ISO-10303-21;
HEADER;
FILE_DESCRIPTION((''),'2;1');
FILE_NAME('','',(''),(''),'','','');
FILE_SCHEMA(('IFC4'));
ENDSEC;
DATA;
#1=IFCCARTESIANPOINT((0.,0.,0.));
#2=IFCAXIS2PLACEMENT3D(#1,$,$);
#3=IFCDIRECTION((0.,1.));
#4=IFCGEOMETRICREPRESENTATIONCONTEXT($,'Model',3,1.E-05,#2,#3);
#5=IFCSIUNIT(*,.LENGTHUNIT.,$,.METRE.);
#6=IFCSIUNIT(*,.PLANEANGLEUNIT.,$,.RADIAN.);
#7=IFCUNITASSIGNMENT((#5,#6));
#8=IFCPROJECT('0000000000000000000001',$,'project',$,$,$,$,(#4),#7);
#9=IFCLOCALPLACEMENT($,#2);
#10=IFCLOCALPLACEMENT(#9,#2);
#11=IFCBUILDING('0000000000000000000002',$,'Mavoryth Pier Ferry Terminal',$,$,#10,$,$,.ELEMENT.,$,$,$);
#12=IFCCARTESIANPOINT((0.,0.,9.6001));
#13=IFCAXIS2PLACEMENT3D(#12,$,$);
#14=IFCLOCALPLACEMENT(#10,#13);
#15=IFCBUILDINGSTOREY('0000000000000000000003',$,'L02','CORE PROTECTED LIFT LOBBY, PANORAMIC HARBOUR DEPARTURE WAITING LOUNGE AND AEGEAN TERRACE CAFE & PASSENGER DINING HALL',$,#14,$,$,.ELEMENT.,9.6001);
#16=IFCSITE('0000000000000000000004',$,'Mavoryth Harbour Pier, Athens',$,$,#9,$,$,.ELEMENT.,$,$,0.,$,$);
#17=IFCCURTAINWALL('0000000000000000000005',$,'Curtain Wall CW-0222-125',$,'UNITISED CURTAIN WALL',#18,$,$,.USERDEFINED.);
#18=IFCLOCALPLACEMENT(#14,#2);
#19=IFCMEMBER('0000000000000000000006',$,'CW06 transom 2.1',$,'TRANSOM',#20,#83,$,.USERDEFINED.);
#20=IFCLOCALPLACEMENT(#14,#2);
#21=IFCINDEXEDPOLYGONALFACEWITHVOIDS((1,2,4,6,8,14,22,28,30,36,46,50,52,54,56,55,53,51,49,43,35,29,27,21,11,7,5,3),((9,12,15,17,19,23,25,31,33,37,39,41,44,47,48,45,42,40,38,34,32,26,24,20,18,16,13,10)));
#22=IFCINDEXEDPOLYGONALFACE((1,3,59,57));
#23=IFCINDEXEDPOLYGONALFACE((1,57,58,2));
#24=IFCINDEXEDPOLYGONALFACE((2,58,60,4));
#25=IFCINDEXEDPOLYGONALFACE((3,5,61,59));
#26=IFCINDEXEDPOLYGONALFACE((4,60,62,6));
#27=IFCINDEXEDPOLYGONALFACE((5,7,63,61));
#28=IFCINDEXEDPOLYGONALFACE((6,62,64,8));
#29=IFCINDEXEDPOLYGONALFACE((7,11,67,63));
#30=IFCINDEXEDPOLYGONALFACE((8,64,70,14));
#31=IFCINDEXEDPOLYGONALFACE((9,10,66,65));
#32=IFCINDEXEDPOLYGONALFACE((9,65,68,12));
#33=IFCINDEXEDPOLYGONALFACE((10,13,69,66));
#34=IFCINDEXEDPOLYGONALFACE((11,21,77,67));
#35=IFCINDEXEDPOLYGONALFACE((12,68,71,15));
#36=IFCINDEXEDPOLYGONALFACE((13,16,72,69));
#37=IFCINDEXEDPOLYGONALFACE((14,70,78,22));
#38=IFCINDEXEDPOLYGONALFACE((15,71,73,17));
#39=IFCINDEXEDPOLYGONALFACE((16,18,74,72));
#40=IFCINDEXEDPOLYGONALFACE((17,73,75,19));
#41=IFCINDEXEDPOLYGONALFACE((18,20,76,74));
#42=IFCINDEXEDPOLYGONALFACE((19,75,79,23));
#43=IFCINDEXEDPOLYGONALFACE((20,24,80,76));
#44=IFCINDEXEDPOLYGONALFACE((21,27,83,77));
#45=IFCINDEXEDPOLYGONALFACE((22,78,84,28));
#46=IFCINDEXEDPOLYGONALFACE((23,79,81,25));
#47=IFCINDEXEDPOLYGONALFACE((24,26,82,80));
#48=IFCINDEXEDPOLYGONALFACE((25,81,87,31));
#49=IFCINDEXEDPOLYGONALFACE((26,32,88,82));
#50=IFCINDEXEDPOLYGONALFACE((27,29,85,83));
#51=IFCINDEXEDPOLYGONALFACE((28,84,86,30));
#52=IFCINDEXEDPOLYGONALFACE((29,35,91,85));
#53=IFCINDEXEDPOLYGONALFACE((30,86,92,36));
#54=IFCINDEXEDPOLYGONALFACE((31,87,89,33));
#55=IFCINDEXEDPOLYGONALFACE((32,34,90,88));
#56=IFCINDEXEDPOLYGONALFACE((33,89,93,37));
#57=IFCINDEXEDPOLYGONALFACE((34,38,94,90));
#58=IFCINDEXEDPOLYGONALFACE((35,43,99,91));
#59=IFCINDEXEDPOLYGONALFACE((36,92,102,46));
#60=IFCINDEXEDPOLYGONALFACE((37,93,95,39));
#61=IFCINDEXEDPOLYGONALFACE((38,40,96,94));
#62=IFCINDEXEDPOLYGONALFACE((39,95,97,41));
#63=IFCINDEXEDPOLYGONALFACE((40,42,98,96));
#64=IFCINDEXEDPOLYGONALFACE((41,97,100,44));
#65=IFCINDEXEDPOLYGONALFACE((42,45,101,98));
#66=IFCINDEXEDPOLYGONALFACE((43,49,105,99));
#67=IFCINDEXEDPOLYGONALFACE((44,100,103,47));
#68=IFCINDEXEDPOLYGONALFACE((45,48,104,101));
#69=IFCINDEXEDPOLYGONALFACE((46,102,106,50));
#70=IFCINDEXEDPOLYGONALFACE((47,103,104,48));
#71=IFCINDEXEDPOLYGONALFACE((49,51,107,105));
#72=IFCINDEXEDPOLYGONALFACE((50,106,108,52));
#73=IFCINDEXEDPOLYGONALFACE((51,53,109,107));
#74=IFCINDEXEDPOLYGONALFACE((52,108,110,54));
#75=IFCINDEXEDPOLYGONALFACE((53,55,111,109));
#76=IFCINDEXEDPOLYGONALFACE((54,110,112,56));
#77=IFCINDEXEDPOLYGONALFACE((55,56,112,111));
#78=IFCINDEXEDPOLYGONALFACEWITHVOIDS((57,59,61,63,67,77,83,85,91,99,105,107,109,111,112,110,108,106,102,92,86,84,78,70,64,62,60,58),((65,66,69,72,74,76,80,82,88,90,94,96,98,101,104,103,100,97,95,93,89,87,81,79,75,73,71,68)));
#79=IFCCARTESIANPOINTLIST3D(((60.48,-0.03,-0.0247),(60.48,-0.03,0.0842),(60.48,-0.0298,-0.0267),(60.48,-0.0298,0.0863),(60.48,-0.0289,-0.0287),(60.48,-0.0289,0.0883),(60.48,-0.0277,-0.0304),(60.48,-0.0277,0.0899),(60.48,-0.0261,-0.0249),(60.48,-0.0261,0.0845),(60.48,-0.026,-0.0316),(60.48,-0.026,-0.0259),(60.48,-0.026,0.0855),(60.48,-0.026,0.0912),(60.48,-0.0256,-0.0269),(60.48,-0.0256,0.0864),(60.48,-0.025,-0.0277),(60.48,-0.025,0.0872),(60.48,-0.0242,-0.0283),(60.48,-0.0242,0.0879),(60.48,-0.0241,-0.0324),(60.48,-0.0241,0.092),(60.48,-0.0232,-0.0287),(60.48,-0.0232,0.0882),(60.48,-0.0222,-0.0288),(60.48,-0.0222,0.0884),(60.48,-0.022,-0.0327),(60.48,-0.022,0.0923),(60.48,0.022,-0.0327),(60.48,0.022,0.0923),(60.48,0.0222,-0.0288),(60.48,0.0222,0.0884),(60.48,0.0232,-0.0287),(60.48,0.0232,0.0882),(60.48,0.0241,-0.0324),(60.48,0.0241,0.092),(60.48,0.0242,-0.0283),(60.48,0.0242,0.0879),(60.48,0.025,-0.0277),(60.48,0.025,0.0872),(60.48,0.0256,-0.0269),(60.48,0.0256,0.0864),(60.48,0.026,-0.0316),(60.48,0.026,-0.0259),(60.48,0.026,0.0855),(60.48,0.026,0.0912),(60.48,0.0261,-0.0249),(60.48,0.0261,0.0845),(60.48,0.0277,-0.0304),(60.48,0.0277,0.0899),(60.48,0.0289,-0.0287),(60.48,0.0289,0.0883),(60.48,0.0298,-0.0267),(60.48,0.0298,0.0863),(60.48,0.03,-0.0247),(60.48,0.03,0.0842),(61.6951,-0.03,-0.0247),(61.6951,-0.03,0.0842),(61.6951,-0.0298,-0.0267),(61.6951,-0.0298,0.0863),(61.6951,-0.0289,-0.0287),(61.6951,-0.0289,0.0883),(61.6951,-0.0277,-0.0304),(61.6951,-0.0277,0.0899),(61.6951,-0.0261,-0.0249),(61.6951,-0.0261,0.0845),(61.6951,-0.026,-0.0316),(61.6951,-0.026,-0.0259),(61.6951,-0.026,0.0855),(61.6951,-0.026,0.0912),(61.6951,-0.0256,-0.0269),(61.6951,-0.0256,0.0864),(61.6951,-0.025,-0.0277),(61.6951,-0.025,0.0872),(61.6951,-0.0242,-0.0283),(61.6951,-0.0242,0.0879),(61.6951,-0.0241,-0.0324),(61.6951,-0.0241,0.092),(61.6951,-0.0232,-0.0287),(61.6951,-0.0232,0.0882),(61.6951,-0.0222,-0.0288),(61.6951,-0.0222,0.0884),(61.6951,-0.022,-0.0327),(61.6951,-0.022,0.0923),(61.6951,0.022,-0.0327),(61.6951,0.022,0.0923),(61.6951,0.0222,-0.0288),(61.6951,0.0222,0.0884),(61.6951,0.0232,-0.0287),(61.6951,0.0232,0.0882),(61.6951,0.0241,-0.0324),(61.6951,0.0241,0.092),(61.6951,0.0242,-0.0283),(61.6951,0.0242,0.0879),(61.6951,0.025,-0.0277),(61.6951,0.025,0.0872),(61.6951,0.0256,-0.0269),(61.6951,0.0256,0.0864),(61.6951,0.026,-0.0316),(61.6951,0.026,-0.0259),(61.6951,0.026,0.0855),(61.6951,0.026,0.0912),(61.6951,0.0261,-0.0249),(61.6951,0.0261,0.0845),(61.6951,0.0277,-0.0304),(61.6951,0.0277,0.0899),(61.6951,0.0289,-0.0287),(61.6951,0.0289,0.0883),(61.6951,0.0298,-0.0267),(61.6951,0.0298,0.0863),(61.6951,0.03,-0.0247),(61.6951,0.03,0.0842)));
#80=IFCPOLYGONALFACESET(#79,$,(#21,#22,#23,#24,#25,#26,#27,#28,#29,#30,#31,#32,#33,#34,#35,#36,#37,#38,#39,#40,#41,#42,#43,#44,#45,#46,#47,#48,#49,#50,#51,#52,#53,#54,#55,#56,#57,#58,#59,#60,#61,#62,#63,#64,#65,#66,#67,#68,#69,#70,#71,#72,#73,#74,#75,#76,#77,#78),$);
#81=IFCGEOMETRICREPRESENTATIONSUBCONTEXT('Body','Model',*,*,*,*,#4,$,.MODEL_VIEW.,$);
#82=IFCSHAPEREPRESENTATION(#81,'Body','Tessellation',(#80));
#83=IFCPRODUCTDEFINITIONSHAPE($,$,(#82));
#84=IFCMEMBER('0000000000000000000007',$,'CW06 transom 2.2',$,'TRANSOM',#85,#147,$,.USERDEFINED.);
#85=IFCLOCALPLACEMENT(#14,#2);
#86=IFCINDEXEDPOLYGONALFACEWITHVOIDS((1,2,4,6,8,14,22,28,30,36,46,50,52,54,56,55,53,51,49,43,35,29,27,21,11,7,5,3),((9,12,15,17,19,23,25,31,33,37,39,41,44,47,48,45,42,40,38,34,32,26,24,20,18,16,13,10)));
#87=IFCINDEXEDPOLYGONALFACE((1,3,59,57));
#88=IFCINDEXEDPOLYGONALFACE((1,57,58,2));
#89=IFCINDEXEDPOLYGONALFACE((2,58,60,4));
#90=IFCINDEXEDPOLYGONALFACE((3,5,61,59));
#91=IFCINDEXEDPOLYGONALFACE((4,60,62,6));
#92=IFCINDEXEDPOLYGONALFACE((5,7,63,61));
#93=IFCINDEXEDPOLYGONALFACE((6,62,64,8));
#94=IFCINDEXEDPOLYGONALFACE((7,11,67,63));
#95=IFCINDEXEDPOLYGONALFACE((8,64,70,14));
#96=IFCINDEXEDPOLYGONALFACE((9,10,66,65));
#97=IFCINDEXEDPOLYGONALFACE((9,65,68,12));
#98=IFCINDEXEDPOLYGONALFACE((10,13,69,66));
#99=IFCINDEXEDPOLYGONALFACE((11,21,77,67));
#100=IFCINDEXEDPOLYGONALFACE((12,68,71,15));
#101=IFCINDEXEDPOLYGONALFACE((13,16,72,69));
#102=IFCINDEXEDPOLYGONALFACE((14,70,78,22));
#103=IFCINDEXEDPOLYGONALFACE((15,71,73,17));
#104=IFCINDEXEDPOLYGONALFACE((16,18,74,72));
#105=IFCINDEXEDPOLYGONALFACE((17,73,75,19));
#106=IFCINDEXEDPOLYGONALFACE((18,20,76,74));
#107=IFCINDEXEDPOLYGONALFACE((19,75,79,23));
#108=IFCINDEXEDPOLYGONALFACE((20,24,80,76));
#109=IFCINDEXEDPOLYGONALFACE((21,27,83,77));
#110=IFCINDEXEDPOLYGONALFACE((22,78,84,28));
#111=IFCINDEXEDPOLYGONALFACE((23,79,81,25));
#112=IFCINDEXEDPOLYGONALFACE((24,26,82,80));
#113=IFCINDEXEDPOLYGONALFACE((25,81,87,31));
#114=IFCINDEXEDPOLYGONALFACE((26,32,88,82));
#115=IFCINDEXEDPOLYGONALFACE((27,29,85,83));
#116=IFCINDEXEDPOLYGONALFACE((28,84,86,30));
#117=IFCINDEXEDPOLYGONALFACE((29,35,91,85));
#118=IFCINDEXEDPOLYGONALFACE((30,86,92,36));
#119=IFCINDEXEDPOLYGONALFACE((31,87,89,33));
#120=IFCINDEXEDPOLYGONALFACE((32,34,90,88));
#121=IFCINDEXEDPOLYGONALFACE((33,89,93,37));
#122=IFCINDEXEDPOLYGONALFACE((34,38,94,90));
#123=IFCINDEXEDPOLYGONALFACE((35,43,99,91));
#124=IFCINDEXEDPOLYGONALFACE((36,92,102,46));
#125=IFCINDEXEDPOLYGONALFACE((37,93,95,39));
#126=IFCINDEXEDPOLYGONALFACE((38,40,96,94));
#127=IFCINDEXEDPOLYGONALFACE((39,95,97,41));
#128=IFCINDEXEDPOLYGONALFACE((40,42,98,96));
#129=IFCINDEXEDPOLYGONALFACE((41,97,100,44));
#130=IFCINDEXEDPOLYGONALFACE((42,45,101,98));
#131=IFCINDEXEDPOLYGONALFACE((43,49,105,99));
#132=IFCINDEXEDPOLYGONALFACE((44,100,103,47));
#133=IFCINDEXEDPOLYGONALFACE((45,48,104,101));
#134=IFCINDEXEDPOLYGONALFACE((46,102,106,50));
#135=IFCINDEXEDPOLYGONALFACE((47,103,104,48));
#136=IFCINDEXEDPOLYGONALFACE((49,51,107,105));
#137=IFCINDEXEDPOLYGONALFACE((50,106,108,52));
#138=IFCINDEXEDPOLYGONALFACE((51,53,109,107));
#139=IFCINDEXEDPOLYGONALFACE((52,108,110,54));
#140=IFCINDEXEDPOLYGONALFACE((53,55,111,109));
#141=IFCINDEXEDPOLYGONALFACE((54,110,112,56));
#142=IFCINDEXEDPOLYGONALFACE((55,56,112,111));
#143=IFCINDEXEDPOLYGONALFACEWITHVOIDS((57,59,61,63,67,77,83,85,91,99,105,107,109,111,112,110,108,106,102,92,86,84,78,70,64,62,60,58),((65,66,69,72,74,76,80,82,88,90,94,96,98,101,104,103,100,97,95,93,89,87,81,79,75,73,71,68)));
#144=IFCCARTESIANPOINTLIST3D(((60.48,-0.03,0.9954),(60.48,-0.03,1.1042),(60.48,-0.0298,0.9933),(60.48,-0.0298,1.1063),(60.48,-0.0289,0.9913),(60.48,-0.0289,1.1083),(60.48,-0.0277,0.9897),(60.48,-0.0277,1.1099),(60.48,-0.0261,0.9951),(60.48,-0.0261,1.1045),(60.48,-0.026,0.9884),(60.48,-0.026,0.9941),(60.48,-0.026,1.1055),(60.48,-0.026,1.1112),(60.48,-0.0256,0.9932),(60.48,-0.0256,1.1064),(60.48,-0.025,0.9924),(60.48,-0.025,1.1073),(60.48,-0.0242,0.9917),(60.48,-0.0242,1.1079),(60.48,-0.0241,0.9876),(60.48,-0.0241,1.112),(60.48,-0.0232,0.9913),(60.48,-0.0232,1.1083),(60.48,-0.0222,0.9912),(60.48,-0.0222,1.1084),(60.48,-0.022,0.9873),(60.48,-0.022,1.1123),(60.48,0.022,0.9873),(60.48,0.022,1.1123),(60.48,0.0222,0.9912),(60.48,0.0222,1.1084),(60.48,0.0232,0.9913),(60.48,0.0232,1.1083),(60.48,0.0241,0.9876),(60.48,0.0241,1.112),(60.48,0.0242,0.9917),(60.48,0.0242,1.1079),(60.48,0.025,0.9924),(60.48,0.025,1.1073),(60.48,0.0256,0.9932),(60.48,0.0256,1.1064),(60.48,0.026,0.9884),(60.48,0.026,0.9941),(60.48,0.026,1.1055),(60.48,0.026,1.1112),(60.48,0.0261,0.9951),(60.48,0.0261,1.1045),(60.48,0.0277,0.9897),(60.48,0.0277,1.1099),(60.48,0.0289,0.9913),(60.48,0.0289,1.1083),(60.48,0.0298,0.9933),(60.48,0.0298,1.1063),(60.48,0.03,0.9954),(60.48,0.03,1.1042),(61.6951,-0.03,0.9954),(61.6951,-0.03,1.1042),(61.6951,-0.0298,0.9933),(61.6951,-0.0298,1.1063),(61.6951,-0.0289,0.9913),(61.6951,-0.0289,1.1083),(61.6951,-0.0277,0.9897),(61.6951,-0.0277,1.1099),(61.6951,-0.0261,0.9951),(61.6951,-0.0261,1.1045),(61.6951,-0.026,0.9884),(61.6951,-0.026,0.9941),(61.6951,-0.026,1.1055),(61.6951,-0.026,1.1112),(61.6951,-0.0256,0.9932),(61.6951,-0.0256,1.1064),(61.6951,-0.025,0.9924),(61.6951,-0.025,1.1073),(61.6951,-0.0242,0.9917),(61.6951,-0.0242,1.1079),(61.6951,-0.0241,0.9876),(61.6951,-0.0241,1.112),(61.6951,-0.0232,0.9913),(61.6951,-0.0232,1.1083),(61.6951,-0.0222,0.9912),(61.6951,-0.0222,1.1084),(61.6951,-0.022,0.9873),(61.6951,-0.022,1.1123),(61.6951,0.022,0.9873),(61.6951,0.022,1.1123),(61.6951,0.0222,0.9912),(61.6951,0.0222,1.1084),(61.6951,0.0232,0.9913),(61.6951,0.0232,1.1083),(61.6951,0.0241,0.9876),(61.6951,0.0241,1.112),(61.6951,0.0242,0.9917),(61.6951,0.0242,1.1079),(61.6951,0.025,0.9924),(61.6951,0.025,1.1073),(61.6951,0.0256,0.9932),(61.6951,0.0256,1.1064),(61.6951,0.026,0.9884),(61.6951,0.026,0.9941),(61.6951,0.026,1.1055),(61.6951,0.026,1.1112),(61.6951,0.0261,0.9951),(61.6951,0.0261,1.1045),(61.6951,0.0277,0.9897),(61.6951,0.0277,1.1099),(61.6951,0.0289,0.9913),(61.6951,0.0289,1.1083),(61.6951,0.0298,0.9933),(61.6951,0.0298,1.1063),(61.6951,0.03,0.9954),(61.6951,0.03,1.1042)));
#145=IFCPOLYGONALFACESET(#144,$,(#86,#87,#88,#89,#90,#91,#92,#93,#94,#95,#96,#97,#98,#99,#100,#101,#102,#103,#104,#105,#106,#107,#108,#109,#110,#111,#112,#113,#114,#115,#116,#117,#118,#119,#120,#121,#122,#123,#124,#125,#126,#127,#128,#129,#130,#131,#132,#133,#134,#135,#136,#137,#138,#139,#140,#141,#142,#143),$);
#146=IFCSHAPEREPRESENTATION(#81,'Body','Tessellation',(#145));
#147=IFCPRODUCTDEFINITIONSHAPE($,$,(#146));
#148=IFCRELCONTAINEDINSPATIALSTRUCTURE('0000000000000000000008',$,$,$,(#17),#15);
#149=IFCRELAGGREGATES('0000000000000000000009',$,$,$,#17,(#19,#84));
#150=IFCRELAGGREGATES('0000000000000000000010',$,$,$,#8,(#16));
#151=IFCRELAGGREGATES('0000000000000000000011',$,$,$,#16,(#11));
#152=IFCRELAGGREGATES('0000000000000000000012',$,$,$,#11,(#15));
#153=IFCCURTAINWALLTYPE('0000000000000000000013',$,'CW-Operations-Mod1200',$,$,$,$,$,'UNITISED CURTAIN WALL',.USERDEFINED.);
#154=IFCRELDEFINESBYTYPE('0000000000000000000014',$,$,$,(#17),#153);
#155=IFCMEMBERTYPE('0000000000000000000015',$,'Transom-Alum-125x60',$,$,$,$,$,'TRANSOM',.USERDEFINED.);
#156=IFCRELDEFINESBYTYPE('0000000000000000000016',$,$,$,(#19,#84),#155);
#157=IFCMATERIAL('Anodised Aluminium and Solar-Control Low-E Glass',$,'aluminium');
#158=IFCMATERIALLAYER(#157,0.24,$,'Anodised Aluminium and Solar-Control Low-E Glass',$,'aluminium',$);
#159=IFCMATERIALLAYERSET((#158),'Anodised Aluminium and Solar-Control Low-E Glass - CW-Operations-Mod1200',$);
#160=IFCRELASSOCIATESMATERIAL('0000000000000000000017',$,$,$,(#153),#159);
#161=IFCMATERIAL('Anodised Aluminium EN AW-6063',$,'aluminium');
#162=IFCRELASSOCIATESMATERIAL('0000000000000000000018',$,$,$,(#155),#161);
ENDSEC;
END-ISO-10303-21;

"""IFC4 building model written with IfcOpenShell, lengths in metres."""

from ifc_helpers import new_model, si_unit, direction, frame, origin, origin_2d, place, context, subcontext, project, spatial, hollow_rectangle, extrude, material, layer, layer_set, material_profile, profile_set, type_object, element, aggregate, save


model = new_model("IFC4")

# Units and contexts
model_context = context("Model", 3, precision=1e-05, world=origin(), true_north=direction((0.0, 1.0)))
body_context = subcontext(model_context, "Body", "Model", "MODEL_VIEW")
ifc_project = project(units=[si_unit("LENGTHUNIT", "METRE"), si_unit("PLANEANGLEUNIT", "RADIAN")], contexts=[model_context])

# Site, building, storey
site_placement = place(None, origin())
site = spatial("IfcSite", under=ifc_project, at=site_placement, Name="Mavoryth Harbour Pier, Athens", CompositionType="ELEMENT", RefElevation=0.0)
building_placement = place(site_placement, origin())
building = spatial("IfcBuilding", under=site, at=building_placement, Name="Mavoryth Pier Ferry Terminal", CompositionType="ELEMENT")
storey_placement = place(building_placement, frame((0.0, 0.0, 9.6001)))
storey = spatial("IfcBuildingStorey", under=building, at=storey_placement, Name="L02", Description="CORE PROTECTED LIFT LOBBY, PANORAMIC HARBOUR DEPARTURE WAITING LOUNGE AND AEGEAN TERRACE CAFE & PASSENGER DINING HALL", CompositionType="ELEMENT", Elevation=9.6001)

# Shared definitions
ifc_material_1 = material(Name="Anodised Aluminium and Solar-Control Low-E Glass", Category="aluminium")
ifc_layer_1 = layer(ifc_material_1, 0.24, Name="Anodised Aluminium and Solar-Control Low-E Glass", Category="aluminium")
ifc_layer_set_1 = layer_set([ifc_layer_1], Name="Anodised Aluminium and Solar-Control Low-E Glass - CW-Operations-Mod1200")
curtain_wall_type = type_object("IfcCurtainWallType", Name="CW-Operations-Mod1200", ElementType="UNITISED CURTAIN WALL", PredefinedType="USERDEFINED", material=ifc_layer_set_1)
ifc_material_2 = material(Name="Anodised Aluminium EN AW-6063", Category="aluminium")

# Curtain wall
curtain_wall_1_placement = place(storey_placement, origin())
curtain_wall_1 = element("IfcCurtainWall", 1, at=curtain_wall_1_placement, inside=storey, type_object=curtain_wall_type, Name="Curtain Wall CW-0222-125", ObjectType="UNITISED CURTAIN WALL", PredefinedType="USERDEFINED")

# Members
ifc_material_profile_1 = material_profile(ifc_material_2, hollow_rectangle(XDim=0.0601, YDim=0.125, WallThickness=0.0039, InnerFilletRadius=0.0039, OuterFilletRadius=0.0081, at=origin_2d()), Name="AL-TRAN 125x60x4", Category="aluminium")
ifc_profile_set_1 = profile_set([ifc_material_profile_1], Name="Anodised Aluminium EN AW-6063 - AL-TRAN 125x60x4")
member_type_1 = type_object("IfcMemberType", Name="Transom-Alum-125x60", ElementType="TRANSOM", PredefinedType="USERDEFINED", material=ifc_profile_set_1)
member_1_placement = place(storey_placement, frame((60.48, 0.0, 0.0298), z_axis=(1.0, 0.0, 0.0), x_axis=(0.0, 1.0, 0.0)))
member_1 = element("IfcMember", 2, at=member_1_placement, type_object=member_type_1, Name="CW06 transom 2.1", ObjectType="TRANSOM", PredefinedType="USERDEFINED", context=body_context, shape_type="SweptSolid", body=[
    extrude(hollow_rectangle(XDim=0.0601, YDim=0.125, WallThickness=0.0039, InnerFilletRadius=0.0039, OuterFilletRadius=0.0081, at=origin_2d()), origin(), (0.0, 0.0, 1.0), 1.2151),
])
member_2_placement = place(storey_placement, frame((60.48, 0.0, 1.0498), z_axis=(1.0, 0.0, 0.0), x_axis=(0.0, 1.0, 0.0)))
member_2 = element("IfcMember", 3, at=member_2_placement, type_object=member_type_1, Name="CW06 transom 2.2", ObjectType="TRANSOM", PredefinedType="USERDEFINED", context=body_context, shape_type="SweptSolid", body=[
    extrude(hollow_rectangle(XDim=0.0601, YDim=0.125, WallThickness=0.0039, InnerFilletRadius=0.0039, OuterFilletRadius=0.0081, at=origin_2d()), origin(), (0.0, 0.0, 1.0), 1.2151),
])

aggregate(curtain_wall_1, [member_1, member_2])

save(model, "model.ifc")
